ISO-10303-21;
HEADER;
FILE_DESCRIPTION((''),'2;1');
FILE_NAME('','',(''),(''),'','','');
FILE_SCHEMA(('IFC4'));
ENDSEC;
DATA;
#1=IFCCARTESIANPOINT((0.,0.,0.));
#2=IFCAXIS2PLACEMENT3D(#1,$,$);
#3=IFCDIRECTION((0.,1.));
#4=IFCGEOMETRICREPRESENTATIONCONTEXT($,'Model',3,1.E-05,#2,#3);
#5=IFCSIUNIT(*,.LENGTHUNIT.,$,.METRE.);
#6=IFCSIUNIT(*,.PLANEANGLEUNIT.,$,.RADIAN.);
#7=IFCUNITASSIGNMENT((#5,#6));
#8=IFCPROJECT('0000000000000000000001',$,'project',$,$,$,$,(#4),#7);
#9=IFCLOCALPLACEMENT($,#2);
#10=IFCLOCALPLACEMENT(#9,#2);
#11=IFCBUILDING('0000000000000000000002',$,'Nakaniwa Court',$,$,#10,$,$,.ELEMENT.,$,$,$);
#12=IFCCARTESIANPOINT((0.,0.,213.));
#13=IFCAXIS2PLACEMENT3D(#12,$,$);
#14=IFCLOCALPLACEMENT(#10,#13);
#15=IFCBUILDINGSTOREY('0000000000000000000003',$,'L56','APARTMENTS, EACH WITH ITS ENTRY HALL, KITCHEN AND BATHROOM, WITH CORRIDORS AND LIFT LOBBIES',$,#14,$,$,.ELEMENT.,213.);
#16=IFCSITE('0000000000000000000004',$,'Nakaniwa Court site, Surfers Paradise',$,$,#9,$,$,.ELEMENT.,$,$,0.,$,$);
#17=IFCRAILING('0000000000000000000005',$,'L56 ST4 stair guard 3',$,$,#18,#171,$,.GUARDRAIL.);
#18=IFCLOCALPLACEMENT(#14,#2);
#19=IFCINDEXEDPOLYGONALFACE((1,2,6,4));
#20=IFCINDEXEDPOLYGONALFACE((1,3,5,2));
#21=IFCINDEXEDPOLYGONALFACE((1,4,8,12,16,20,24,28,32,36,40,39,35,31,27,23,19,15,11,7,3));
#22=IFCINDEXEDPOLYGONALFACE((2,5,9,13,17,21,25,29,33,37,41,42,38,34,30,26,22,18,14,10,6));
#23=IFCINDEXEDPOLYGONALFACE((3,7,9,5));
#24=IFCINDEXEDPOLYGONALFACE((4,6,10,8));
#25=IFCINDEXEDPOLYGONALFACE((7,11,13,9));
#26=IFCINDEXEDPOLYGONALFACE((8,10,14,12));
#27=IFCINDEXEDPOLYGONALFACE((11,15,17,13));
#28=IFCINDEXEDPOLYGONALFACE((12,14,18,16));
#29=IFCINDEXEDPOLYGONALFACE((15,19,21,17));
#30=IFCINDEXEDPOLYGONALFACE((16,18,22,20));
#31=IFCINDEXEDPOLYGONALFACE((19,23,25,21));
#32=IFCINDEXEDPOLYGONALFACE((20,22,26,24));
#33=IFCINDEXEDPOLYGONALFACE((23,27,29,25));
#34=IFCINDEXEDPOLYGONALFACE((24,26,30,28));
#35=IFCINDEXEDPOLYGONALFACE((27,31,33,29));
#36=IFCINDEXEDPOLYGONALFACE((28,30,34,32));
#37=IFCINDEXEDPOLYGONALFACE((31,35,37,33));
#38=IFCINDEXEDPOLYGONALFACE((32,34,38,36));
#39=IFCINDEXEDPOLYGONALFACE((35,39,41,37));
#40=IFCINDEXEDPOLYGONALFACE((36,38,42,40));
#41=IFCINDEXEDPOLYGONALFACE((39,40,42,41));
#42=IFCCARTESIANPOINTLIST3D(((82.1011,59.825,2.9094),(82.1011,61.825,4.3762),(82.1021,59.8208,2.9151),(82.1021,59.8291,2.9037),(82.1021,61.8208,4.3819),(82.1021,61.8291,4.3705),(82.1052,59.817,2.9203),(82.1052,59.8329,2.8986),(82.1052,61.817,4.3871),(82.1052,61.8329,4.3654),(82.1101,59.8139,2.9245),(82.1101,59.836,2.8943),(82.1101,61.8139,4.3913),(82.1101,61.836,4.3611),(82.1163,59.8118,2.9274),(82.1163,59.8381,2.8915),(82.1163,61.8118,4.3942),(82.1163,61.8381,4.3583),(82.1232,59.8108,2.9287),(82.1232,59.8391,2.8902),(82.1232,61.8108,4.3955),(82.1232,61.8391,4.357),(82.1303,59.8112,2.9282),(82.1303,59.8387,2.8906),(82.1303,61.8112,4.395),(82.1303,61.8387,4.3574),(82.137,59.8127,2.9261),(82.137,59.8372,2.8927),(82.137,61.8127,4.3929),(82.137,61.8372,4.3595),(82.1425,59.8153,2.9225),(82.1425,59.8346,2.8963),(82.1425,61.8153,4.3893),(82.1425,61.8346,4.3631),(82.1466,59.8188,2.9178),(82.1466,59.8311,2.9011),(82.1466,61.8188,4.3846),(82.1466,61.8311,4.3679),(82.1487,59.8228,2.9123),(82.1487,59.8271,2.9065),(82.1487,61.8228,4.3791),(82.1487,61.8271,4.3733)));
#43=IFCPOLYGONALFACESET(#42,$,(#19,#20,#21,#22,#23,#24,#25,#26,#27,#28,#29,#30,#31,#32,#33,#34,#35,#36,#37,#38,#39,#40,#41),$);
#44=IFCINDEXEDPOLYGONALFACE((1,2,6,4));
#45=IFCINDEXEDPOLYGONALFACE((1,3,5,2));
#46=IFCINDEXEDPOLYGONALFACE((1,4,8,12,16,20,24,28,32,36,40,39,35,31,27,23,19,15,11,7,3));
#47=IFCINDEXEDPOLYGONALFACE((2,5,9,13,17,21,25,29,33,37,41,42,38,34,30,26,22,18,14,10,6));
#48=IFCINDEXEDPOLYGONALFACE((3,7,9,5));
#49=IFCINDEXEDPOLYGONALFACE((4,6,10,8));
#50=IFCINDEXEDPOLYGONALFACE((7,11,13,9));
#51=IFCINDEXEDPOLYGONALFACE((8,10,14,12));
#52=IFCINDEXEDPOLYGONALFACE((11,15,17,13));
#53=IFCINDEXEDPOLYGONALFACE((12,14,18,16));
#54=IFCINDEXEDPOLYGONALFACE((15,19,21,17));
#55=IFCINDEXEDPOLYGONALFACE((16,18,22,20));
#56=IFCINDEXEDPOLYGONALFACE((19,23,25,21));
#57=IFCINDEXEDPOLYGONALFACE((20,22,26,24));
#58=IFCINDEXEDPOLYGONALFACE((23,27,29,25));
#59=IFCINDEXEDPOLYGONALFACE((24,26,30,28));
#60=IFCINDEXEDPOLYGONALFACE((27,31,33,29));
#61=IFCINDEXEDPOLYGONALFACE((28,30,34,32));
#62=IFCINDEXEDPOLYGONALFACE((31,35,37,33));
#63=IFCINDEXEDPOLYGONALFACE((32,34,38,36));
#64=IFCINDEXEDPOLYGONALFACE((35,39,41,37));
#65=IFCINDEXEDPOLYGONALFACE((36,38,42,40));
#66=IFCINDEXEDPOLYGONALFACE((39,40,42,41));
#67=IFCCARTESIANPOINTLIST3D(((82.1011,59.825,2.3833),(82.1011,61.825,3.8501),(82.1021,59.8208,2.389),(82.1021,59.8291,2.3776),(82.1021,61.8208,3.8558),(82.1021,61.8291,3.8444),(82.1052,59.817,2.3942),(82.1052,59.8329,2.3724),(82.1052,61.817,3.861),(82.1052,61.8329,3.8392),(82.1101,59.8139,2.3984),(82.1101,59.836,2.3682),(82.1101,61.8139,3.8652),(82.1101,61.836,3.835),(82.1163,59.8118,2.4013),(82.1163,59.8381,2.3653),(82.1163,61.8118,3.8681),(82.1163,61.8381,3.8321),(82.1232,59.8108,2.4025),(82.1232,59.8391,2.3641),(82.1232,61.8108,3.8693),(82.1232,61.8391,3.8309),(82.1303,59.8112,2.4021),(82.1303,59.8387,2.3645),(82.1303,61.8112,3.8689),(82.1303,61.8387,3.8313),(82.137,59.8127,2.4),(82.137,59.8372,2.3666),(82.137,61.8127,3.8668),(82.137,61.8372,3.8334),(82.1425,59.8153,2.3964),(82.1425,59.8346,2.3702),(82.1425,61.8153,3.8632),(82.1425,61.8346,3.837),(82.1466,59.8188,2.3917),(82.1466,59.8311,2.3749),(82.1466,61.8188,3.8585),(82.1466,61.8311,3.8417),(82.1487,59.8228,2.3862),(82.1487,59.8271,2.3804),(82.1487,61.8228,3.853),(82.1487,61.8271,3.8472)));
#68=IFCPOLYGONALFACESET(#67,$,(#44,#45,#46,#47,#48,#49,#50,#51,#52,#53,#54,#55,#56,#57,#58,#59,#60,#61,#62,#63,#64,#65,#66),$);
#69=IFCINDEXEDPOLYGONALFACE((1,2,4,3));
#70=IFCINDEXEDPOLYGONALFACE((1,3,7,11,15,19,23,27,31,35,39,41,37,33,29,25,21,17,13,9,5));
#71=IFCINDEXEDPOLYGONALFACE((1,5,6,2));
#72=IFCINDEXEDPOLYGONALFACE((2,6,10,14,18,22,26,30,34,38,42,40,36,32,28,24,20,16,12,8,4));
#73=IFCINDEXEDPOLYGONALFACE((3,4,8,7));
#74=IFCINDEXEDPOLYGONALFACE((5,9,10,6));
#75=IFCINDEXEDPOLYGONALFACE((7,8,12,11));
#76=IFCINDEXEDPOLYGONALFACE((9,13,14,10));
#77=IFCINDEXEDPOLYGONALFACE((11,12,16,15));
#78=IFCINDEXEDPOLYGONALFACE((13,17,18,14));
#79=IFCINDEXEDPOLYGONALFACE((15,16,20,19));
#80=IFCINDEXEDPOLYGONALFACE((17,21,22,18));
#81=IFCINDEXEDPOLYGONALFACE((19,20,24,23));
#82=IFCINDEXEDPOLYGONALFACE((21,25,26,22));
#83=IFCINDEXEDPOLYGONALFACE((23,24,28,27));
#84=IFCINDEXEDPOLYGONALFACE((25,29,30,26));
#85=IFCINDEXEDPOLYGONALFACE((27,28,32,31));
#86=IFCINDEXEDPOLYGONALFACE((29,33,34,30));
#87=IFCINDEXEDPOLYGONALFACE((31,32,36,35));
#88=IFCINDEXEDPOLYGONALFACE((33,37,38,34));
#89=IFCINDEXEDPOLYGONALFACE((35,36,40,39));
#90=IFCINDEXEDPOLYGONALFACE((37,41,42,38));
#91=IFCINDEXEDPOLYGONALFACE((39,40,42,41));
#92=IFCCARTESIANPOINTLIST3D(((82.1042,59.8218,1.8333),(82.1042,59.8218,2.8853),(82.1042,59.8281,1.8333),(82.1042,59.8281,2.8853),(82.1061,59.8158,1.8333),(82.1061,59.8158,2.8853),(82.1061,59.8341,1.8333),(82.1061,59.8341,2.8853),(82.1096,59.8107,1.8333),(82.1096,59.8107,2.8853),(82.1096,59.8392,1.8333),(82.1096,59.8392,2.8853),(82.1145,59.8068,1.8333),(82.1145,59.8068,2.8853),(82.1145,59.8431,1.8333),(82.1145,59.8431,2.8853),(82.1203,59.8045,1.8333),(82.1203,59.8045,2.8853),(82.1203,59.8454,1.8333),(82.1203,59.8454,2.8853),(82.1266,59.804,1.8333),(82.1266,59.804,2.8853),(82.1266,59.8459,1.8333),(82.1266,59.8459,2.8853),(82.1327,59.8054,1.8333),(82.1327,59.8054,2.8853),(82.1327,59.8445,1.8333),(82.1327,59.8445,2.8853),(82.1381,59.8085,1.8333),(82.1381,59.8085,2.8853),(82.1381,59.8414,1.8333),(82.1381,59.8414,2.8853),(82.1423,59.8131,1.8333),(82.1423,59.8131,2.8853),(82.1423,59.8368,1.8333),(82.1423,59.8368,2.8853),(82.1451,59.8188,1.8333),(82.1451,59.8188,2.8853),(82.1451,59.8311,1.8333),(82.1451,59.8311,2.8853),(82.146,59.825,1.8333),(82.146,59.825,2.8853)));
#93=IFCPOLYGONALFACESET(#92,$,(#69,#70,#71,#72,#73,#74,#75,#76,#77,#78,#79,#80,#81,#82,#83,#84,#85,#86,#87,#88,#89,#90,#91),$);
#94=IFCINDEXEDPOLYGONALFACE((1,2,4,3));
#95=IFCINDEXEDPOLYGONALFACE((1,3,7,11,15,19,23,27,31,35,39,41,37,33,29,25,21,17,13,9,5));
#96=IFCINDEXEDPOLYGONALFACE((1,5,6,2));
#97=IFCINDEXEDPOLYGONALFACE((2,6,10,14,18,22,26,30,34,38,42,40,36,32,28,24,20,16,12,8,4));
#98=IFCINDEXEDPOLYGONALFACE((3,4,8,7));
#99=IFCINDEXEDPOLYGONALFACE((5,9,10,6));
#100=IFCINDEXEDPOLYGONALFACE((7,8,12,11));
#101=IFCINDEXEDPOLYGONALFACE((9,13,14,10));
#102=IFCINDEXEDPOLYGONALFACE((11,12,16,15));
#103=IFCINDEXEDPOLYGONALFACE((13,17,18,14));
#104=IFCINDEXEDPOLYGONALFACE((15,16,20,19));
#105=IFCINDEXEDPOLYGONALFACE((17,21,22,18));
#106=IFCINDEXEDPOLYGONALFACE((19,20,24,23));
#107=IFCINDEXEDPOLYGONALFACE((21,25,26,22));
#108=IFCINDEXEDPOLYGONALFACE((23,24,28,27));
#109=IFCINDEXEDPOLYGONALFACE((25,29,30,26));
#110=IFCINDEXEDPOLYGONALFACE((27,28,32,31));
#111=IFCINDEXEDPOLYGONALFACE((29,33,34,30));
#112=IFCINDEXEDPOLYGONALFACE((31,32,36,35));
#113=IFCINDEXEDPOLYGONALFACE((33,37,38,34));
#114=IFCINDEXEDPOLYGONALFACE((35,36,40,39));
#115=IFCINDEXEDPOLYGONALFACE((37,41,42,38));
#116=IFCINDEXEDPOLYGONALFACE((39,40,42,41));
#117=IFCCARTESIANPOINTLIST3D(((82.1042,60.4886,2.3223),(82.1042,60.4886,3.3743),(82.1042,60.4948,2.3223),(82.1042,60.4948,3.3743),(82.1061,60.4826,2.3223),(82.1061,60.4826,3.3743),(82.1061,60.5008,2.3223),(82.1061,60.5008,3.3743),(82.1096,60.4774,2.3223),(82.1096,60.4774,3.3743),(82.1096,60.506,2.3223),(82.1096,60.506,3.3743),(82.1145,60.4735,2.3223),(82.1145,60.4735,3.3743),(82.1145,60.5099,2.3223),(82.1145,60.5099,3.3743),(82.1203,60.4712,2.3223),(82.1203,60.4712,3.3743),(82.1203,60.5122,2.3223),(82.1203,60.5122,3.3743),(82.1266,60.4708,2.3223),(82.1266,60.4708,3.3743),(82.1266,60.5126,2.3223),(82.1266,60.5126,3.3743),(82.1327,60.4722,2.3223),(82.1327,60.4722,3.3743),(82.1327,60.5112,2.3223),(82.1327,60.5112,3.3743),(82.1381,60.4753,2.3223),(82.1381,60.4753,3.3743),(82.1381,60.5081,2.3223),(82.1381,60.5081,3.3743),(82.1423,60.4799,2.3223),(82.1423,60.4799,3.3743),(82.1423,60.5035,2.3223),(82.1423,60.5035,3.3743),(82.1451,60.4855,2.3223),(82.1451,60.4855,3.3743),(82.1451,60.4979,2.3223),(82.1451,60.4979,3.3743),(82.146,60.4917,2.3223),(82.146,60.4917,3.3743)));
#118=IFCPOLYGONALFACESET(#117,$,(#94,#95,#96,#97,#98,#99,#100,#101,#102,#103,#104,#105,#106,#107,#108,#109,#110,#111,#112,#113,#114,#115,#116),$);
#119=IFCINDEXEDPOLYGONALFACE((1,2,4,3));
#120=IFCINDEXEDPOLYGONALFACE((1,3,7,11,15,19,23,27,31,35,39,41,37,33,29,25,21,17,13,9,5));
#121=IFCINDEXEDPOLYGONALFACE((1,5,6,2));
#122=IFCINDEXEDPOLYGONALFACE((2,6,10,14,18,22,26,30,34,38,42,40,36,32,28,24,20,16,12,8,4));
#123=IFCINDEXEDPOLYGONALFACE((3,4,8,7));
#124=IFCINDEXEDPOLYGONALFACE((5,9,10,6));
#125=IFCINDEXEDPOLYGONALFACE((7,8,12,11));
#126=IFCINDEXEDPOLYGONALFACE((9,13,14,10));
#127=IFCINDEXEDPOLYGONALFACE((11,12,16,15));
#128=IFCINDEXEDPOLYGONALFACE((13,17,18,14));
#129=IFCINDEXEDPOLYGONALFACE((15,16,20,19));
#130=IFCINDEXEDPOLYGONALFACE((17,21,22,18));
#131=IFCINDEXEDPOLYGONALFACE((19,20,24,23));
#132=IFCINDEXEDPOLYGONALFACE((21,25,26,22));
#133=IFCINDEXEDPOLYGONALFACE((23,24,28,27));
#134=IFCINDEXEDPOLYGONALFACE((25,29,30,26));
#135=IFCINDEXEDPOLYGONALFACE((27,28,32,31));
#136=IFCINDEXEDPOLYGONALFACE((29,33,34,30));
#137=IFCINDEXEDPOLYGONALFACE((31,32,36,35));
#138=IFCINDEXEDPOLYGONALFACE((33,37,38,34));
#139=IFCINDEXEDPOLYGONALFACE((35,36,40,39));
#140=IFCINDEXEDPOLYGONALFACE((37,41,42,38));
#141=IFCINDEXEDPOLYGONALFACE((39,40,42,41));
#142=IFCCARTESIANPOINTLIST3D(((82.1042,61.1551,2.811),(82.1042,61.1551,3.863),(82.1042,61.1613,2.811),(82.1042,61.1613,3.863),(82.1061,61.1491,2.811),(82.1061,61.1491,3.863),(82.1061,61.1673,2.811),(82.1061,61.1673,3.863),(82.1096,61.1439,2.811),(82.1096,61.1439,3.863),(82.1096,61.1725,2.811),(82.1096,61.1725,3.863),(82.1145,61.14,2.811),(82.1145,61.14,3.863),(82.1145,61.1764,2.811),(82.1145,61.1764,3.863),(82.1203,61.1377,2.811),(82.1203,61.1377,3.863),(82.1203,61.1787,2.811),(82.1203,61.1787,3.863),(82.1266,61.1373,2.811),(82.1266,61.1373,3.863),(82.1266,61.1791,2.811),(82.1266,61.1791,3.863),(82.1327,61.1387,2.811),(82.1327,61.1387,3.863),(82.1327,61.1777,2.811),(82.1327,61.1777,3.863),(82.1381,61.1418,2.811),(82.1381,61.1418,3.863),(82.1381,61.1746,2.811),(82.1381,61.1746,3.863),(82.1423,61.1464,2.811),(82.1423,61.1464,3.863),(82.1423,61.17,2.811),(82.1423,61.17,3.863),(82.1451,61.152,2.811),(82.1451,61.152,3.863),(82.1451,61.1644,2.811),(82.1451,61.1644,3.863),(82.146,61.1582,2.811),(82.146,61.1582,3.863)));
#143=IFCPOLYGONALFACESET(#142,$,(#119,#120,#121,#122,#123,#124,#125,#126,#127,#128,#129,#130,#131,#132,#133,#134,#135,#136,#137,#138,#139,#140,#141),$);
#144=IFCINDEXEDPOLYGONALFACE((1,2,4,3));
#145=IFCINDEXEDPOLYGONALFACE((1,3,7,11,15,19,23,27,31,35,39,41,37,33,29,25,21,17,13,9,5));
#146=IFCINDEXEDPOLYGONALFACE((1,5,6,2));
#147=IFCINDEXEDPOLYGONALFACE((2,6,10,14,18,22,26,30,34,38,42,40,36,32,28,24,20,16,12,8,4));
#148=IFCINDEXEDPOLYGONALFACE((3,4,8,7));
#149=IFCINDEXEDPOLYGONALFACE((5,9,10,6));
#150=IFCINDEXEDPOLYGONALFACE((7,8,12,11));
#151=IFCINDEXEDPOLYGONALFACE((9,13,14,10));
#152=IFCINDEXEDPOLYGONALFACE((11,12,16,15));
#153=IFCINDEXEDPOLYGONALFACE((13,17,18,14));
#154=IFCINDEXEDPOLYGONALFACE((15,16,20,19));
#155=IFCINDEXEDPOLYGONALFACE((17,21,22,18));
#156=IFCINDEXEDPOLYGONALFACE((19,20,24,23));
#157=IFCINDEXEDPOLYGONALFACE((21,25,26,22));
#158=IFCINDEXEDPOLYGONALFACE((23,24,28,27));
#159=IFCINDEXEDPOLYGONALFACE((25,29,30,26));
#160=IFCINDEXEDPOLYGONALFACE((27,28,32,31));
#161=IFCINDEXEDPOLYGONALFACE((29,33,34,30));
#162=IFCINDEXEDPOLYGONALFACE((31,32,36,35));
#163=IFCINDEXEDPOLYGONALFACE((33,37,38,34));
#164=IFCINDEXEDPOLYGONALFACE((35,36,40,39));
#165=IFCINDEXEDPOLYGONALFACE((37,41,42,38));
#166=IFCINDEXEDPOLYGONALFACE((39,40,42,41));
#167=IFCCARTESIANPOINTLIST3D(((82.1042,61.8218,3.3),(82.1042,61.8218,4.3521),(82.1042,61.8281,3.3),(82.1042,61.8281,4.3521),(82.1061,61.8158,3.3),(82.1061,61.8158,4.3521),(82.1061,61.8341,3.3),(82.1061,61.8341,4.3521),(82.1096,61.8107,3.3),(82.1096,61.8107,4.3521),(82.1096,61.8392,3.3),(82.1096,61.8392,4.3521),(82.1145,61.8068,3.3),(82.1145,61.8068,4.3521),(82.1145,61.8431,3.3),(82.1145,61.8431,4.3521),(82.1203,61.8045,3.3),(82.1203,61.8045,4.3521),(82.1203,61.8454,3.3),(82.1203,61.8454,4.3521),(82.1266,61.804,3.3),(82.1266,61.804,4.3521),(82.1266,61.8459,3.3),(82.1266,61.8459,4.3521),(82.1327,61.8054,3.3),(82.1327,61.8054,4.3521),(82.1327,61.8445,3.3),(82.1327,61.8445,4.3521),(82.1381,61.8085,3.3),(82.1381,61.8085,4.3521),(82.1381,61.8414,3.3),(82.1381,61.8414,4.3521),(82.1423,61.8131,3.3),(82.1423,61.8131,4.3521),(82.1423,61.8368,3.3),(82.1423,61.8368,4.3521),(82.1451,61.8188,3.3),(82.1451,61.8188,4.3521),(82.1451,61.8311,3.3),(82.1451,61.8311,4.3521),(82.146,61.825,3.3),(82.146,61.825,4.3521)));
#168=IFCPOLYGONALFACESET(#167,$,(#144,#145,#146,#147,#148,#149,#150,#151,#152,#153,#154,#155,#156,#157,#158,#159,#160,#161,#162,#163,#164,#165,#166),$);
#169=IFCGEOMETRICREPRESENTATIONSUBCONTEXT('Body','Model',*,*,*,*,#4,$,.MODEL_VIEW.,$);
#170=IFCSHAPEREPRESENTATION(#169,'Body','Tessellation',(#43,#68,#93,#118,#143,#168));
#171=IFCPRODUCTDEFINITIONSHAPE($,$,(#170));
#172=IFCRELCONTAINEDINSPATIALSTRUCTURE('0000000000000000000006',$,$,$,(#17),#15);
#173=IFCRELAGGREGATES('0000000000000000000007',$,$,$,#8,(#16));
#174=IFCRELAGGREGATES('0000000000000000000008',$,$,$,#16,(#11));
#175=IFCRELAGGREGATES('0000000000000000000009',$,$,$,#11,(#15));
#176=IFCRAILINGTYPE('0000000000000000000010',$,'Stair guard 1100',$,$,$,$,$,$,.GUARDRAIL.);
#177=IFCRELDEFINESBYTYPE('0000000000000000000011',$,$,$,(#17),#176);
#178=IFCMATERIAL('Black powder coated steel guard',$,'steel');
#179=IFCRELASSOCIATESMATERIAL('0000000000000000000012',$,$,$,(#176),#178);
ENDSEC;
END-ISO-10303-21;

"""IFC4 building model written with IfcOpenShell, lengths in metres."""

from ifc_helpers import new_model, si_unit, direction, frame, origin, origin_2d, place, context, subcontext, project, spatial, circle, extrude, material, type_object, element, save


model = new_model("IFC4")

# Units and contexts
model_context = context("Model", 3, precision=1e-05, world=origin(), true_north=direction((0.0, 1.0)))
body_context = subcontext(model_context, "Body", "Model", "MODEL_VIEW")
ifc_project = project(units=[si_unit("LENGTHUNIT", "METRE"), si_unit("PLANEANGLEUNIT", "RADIAN")], contexts=[model_context])

# Site, building, storey
site_placement = place(None, origin())
site = spatial("IfcSite", under=ifc_project, at=site_placement, Name="Nakaniwa Court site, Surfers Paradise", CompositionType="ELEMENT", RefElevation=0.0)
building_placement = place(site_placement, origin())
building = spatial("IfcBuilding", under=site, at=building_placement, Name="Nakaniwa Court", CompositionType="ELEMENT")
storey_placement = place(building_placement, frame((0.0, 0.0, 213.0)))
storey = spatial("IfcBuildingStorey", under=building, at=storey_placement, Name="L56", Description="APARTMENTS, EACH WITH ITS ENTRY HALL, KITCHEN AND BATHROOM, WITH CORRIDORS AND LIFT LOBBIES", CompositionType="ELEMENT", Elevation=213.0)

# Railing
ifc_material_1 = material(Name="Black powder coated steel guard", Category="steel")
railing_type_1 = type_object("IfcRailingType", Name="Stair guard 1100", PredefinedType="GUARDRAIL", material=ifc_material_1)
railing_1_placement = place(storey_placement, frame((82.125, 59.825, 1.8333)))
element("IfcRailing", 1, at=railing_1_placement, inside=storey, type_object=railing_type_1, Name="L56 ST4 stair guard 3", PredefinedType="GUARDRAIL", context=body_context, shape_type="SweptSolid", body=[
    extrude(circle(Radius=0.0239, at=origin_2d()), frame((0.0, 0.0, 1.0762), z_axis=(0.0, 0.80638, 0.591398), x_axis=(-1.0, 0.0, 0.0)), (0.0, 0.0, 1.0), 2.4802),
    extrude(circle(Radius=0.0239, at=origin_2d()), frame((0.0, 0.0, 0.55), z_axis=(0.0, 0.80638, 0.591398), x_axis=(-1.0, 0.0, 0.0)), (0.0, 0.0, 1.0), 2.4802),
    extrude(circle(Radius=0.021, at=origin_2d()), origin(), (0.0, 0.0, 1.0), 1.052),
    extrude(circle(Radius=0.021, at=origin_2d()), frame((0.0, 0.6667, 0.489)), (0.0, 0.0, 1.0), 1.052),
    extrude(circle(Radius=0.021, at=origin_2d()), frame((0.0, 1.3333, 0.9778)), (0.0, 0.0, 1.0), 1.052),
    extrude(circle(Radius=0.021, at=origin_2d()), frame((0.0, 2.0, 1.4668)), (0.0, 0.0, 1.0), 1.052),
])

save(model, "model.ifc")
